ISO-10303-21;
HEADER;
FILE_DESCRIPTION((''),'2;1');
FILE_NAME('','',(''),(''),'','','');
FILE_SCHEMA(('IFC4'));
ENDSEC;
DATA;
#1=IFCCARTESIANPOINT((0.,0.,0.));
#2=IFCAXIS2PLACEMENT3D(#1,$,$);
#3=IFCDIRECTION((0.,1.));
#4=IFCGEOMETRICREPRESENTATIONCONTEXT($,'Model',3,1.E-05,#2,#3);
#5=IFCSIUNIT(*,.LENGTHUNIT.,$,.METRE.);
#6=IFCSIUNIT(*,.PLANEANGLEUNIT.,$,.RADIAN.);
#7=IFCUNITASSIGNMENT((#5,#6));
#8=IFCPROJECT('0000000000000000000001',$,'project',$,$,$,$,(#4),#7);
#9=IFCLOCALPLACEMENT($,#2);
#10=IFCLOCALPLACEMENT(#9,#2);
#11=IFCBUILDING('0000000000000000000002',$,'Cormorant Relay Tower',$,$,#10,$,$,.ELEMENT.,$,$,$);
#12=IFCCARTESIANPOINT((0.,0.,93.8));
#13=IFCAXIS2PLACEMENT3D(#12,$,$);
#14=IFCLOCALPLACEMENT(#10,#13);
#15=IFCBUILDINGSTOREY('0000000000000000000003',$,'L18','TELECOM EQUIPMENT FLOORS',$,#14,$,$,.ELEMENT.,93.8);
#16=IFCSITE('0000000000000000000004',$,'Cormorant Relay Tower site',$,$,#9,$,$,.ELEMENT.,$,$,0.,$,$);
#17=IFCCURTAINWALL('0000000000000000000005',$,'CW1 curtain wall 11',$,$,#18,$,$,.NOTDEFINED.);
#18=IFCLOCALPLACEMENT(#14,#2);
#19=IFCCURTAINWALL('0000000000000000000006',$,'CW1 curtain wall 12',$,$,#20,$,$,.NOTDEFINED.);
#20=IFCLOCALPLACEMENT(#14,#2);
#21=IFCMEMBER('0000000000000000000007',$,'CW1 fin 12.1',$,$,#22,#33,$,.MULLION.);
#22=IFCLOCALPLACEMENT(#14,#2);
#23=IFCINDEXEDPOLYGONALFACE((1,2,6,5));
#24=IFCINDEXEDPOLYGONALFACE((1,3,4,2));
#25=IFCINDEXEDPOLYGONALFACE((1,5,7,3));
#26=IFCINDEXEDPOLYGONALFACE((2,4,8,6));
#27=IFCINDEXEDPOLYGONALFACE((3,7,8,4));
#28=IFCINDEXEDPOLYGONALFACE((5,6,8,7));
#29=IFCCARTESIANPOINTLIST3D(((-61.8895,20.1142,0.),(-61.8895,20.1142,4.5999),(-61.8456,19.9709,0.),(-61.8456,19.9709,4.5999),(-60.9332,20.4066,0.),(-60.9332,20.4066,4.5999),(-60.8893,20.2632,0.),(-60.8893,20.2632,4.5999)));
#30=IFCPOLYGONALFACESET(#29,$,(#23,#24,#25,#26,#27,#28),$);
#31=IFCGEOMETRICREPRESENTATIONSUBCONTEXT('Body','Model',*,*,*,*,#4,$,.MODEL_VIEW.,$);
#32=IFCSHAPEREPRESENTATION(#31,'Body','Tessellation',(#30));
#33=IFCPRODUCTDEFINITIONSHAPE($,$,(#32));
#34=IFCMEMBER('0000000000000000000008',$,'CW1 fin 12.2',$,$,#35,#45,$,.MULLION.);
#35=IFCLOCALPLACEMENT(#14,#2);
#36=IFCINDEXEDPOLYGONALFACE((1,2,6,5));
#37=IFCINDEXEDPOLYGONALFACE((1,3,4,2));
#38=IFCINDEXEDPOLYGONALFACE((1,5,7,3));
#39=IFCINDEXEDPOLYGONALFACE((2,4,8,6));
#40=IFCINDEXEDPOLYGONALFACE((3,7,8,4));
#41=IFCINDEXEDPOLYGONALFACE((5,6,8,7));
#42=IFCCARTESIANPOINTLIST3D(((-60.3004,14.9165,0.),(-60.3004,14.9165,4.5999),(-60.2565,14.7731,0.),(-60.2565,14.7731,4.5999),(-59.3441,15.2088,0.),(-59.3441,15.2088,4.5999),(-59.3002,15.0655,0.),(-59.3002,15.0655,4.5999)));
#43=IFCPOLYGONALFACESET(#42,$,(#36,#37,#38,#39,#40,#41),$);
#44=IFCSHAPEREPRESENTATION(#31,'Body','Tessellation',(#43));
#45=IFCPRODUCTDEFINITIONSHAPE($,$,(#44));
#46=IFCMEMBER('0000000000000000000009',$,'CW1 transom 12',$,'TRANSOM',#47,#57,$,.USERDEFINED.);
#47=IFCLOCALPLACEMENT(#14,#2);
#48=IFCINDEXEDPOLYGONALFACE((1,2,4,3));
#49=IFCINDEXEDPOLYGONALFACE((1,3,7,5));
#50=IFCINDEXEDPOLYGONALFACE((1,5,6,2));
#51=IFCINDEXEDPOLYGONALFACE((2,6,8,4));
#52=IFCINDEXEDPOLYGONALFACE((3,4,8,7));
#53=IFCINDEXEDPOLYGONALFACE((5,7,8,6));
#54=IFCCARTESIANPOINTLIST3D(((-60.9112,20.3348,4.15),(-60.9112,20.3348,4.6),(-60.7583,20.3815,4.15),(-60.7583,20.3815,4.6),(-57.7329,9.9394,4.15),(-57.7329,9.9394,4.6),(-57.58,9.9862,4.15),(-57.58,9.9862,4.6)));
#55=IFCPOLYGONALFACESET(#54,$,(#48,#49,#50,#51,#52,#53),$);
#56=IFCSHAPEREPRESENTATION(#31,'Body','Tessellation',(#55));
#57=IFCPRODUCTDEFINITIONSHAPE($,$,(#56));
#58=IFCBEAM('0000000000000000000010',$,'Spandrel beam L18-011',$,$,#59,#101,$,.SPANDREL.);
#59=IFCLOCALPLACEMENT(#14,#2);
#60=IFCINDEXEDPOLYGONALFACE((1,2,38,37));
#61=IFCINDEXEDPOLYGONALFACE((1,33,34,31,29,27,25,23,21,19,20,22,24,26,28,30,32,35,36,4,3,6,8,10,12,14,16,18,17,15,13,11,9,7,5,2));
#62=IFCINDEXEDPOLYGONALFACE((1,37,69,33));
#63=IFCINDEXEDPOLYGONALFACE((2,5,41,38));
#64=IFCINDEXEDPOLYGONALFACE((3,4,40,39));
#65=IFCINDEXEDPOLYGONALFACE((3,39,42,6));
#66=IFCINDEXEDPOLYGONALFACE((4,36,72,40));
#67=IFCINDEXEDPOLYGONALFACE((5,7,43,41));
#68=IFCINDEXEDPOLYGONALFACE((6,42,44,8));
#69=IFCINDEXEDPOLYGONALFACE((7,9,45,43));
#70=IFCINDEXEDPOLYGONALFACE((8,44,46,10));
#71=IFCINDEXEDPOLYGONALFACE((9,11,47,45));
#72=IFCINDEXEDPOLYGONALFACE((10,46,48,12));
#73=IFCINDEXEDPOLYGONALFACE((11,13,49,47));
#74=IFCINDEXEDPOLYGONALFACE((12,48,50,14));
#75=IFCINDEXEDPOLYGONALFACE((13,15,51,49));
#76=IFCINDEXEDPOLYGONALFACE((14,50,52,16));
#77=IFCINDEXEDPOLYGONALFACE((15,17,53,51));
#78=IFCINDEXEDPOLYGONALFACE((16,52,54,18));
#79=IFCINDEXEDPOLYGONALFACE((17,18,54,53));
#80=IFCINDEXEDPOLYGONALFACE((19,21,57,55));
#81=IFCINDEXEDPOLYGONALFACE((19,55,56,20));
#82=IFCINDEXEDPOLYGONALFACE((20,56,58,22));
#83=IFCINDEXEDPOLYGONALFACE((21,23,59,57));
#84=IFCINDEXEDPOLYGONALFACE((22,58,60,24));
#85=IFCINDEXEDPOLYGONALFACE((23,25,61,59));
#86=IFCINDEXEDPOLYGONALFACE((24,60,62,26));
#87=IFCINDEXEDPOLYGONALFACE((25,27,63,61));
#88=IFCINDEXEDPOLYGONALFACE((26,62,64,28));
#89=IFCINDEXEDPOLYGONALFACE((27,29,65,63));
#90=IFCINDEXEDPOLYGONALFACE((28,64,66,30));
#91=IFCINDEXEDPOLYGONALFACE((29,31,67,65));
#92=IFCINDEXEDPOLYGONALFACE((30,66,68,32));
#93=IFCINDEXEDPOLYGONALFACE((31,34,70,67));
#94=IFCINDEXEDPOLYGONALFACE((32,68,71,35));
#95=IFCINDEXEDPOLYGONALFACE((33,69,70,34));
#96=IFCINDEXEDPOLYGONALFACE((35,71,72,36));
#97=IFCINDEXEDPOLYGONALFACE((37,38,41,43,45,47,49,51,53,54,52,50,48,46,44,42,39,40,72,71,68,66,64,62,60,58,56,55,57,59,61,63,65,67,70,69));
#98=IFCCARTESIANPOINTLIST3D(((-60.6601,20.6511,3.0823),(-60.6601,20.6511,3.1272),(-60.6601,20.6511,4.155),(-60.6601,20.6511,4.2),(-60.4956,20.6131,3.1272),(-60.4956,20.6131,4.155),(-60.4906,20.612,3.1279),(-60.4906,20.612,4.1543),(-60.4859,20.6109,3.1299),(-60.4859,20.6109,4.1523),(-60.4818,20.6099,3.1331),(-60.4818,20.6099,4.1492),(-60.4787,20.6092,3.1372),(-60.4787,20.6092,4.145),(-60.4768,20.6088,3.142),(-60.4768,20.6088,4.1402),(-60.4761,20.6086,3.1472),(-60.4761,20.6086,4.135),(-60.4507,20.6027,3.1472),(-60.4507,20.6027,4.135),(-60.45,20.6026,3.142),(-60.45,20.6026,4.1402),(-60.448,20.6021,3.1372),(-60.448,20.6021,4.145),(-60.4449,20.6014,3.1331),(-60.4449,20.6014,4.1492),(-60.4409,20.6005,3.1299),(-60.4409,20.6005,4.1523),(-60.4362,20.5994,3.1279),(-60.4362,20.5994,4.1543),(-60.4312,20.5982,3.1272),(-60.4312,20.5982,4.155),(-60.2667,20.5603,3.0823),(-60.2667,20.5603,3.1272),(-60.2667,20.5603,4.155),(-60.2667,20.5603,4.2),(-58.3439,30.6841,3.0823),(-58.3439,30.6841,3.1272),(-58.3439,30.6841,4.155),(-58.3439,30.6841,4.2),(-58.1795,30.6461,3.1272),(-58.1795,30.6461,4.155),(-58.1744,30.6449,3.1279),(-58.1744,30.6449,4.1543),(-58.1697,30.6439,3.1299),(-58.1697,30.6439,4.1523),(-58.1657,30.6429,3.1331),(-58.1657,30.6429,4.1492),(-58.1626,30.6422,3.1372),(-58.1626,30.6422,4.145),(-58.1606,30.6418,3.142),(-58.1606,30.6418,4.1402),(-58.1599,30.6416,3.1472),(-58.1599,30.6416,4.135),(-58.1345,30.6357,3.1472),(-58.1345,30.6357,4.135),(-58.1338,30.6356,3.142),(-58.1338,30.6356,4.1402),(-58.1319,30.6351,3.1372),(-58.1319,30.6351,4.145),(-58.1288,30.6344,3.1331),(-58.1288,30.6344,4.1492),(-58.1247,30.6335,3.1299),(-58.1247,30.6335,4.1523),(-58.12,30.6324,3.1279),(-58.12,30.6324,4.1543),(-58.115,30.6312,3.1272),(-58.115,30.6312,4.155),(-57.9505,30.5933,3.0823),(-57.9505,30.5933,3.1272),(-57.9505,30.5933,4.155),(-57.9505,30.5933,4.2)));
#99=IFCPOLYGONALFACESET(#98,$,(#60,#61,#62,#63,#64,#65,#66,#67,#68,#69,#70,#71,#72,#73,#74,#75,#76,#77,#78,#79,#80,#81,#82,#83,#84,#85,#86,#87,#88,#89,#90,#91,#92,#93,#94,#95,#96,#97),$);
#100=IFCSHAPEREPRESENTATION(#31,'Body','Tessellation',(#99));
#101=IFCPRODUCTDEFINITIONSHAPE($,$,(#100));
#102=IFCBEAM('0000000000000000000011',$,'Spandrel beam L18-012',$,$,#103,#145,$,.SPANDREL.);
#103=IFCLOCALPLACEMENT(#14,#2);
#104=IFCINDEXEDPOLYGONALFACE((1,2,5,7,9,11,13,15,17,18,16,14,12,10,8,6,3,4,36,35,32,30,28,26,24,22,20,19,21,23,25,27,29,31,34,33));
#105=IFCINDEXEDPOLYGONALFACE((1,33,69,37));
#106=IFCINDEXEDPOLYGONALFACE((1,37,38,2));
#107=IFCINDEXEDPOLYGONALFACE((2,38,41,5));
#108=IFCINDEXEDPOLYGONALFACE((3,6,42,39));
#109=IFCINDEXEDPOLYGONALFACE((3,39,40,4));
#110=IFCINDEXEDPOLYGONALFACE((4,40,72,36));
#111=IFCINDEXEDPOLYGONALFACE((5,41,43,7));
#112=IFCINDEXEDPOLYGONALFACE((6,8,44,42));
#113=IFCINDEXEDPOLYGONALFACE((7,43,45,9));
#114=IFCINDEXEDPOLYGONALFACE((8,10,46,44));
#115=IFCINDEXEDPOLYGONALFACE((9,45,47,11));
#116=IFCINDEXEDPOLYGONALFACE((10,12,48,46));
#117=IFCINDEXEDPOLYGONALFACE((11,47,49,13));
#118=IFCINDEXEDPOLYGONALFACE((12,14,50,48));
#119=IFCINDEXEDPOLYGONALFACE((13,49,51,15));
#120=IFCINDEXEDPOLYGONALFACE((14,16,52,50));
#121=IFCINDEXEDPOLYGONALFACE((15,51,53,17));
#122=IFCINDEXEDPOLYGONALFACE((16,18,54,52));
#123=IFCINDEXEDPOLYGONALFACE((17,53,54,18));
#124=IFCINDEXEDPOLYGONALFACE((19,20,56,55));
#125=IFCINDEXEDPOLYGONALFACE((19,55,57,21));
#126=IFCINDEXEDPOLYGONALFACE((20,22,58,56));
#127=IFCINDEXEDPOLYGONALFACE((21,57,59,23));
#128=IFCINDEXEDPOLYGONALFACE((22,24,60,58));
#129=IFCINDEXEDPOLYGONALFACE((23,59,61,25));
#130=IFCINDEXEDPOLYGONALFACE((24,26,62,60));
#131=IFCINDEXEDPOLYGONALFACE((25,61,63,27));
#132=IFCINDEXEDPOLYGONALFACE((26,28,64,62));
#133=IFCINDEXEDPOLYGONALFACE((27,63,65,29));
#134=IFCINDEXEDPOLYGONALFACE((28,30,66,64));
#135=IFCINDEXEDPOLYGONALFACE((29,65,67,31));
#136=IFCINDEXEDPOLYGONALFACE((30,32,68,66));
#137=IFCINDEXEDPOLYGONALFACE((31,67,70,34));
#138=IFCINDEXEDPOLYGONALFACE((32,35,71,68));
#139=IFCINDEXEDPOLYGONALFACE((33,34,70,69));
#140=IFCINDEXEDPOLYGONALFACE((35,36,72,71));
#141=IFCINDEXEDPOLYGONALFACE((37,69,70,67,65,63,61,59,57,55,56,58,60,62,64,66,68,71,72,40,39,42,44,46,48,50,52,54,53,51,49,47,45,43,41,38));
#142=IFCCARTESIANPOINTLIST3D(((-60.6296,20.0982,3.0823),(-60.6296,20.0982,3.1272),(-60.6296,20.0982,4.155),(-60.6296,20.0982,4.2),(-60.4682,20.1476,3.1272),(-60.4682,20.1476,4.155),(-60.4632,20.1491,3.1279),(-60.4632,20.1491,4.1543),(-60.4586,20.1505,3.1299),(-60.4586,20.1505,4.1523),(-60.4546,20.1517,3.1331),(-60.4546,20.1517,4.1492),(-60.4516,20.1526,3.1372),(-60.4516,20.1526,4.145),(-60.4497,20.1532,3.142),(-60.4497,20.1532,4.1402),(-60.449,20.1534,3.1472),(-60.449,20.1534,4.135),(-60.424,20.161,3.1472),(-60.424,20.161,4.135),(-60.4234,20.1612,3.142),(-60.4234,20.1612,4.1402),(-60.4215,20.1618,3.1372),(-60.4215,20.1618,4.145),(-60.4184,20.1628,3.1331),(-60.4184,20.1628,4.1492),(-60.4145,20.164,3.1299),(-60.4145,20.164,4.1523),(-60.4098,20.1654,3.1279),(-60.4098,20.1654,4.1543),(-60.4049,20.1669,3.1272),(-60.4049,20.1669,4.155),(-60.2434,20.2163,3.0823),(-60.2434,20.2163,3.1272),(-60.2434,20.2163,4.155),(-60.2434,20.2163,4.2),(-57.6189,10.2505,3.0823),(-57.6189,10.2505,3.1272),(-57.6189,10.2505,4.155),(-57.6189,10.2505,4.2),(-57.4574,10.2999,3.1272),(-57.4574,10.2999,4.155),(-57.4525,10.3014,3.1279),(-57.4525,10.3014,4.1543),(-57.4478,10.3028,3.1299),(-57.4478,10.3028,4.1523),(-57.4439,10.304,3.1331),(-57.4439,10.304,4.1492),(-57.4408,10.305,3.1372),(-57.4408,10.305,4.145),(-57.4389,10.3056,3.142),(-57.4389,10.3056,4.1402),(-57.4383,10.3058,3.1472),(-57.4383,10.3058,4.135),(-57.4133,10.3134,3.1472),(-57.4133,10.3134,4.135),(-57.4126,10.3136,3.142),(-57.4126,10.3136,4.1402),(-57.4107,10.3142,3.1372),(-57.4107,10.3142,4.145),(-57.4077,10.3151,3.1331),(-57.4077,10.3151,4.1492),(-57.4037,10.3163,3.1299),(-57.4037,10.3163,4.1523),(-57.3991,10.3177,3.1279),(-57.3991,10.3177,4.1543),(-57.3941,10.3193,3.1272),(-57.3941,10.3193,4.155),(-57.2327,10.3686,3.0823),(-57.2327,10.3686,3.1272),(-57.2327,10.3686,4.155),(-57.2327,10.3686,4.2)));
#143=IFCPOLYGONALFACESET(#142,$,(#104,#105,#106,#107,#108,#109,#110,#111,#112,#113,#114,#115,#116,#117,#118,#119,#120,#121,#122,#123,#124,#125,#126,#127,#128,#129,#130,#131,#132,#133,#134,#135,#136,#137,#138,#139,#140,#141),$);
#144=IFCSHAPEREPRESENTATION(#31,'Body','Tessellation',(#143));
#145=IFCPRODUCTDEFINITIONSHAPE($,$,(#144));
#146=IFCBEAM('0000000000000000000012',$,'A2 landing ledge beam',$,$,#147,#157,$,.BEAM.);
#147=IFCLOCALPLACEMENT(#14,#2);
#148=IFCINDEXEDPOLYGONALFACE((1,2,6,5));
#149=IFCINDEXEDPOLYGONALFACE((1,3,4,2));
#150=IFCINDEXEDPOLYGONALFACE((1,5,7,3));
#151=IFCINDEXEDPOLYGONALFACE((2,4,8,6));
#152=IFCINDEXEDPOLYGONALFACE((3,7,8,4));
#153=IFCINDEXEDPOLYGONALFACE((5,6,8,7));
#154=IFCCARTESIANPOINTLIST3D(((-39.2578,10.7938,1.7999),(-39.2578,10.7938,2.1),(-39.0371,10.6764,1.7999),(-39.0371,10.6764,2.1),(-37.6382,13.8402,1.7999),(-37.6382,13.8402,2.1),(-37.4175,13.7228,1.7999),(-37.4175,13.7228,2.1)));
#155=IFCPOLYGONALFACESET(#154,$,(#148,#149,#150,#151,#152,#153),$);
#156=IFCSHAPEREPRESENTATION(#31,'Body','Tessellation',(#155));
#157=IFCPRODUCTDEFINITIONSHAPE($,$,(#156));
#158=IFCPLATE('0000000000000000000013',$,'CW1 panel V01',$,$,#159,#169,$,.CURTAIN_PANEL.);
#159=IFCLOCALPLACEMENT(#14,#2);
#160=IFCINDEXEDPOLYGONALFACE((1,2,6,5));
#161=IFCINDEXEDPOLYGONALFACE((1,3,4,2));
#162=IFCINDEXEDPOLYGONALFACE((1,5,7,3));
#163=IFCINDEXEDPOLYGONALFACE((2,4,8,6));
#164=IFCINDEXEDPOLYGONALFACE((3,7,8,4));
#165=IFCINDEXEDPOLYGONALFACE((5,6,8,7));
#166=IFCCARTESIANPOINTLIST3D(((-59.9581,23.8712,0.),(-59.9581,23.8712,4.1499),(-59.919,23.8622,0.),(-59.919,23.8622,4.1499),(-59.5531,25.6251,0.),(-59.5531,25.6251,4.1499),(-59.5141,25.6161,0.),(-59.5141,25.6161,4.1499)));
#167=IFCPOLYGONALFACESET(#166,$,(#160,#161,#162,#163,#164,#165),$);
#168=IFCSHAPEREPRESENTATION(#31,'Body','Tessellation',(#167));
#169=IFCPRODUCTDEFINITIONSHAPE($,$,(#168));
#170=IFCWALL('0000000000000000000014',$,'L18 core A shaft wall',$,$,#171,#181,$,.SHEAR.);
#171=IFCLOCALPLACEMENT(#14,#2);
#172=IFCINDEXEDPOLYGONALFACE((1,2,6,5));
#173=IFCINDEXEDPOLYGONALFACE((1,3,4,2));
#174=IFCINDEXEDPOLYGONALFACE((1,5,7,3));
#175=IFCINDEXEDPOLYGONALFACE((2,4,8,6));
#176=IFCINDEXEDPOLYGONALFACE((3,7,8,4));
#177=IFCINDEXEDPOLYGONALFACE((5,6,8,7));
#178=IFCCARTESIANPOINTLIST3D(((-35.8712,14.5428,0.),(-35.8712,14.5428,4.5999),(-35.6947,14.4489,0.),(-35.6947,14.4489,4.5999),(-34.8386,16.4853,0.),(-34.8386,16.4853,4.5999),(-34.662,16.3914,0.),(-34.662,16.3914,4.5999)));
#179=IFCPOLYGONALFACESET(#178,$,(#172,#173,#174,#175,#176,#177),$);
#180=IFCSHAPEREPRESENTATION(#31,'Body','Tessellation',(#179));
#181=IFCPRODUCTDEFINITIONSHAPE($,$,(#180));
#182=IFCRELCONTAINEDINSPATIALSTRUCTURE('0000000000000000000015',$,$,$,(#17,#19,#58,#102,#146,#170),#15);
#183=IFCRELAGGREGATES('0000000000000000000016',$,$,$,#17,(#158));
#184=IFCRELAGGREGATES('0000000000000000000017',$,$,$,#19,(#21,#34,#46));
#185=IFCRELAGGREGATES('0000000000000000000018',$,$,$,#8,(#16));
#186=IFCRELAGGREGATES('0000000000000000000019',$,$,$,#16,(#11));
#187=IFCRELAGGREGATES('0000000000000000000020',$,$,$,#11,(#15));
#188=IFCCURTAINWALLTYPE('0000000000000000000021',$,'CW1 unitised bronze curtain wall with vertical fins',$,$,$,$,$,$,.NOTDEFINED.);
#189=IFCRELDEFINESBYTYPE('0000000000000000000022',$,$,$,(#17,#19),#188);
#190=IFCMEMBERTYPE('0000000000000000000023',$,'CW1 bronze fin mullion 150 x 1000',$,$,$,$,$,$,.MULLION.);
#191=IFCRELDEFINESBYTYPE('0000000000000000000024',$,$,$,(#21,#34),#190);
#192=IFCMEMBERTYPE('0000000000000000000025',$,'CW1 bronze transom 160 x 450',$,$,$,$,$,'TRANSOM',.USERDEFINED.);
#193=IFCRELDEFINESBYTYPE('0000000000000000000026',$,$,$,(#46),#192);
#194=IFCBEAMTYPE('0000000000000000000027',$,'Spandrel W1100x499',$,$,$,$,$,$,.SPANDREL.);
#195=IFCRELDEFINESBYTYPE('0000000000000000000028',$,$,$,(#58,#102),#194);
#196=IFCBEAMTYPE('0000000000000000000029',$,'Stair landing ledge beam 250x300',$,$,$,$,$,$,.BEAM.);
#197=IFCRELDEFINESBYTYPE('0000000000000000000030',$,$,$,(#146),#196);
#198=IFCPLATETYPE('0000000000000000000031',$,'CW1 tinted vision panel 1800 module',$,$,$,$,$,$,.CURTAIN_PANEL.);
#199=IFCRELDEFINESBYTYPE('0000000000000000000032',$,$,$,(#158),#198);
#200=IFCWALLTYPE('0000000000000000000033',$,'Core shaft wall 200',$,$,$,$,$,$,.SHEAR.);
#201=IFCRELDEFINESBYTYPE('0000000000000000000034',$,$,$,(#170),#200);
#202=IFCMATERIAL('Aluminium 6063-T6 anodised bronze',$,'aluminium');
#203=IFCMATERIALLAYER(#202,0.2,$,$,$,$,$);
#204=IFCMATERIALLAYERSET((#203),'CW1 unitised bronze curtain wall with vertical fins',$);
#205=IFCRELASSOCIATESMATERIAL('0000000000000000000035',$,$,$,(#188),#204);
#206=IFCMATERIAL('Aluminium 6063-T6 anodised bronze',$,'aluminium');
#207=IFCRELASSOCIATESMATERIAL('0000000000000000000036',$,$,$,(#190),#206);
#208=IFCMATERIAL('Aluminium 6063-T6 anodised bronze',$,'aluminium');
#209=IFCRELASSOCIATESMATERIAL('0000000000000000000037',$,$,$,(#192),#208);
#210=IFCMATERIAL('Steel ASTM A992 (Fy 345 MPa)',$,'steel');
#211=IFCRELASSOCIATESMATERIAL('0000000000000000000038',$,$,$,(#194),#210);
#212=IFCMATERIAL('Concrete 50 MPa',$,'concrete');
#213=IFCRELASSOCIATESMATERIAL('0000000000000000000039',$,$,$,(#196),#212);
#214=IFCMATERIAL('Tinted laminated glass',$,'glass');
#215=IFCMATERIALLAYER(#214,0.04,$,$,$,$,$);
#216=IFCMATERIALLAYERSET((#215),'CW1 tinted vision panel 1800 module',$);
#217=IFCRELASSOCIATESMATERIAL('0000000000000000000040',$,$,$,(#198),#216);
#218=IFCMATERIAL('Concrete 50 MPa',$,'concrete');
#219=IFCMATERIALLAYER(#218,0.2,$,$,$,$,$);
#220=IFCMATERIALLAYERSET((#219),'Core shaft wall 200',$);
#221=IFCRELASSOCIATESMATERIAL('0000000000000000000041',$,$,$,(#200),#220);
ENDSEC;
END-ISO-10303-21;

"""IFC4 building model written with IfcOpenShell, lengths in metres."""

from ifc_helpers import new_model, si_unit, direction, frame, frame_2d, origin, origin_2d, place, context, subcontext, project, spatial, rectangle, i_section, extrude, material, layer, layer_set, material_profile, profile_set, type_object, element, aggregate, save


model = new_model("IFC4")

# Units and contexts
model_context = context("Model", 3, precision=1e-05, world=origin(), true_north=direction((0.0, 1.0)))
body_context = subcontext(model_context, "Body", "Model", "MODEL_VIEW")
ifc_project = project(units=[si_unit("LENGTHUNIT", "METRE"), si_unit("PLANEANGLEUNIT", "RADIAN")], contexts=[model_context])

# Site, building, storey
site_placement = place(None, origin())
site = spatial("IfcSite", under=ifc_project, at=site_placement, Name="Cormorant Relay Tower site", CompositionType="ELEMENT", RefElevation=0.0)
building_placement = place(site_placement, origin())
building = spatial("IfcBuilding", under=site, at=building_placement, Name="Cormorant Relay Tower", CompositionType="ELEMENT")
storey_placement = place(building_placement, frame((0.0, 0.0, 93.8)))
storey = spatial("IfcBuildingStorey", under=building, at=storey_placement, Name="L18", Description="TELECOM EQUIPMENT FLOORS", CompositionType="ELEMENT", Elevation=93.8)

# Curtain wall
ifc_material_1 = material(Name="Aluminium 6063-T6 anodised bronze", Category="aluminium")
ifc_layer_1 = layer(ifc_material_1, 0.2)
ifc_layer_set_1 = layer_set([ifc_layer_1], Name="CW1 unitised bronze curtain wall with vertical fins")
curtain_wall_type = type_object("IfcCurtainWallType", Name="CW1 unitised bronze curtain wall with vertical fins", PredefinedType="NOTDEFINED", material=ifc_layer_set_1)
curtain_wall_1_placement = place(storey_placement, origin())
curtain_wall_1 = element("IfcCurtainWall", 1, at=curtain_wall_1_placement, inside=storey, type_object=curtain_wall_type, Name="CW1 curtain wall 11", PredefinedType="NOTDEFINED")
ifc_material_2 = material(Name="Aluminium 6063-T6 anodised bronze", Category="aluminium")
ifc_material_profile_1 = material_profile(ifc_material_2, rectangle(XDim=0.1499, YDim=1.0, at=origin_2d()), Name="AL 150x1000")
ifc_profile_set_1 = profile_set([ifc_material_profile_1], Name="Aluminium 6063-T6 anodised bronze")
member_type_1 = type_object("IfcMemberType", Name="CW1 bronze fin mullion 150 x 1000", PredefinedType="MULLION", material=ifc_profile_set_1)

# Curtain wall, members
curtain_wall_2_placement = place(storey_placement, origin())
curtain_wall_2 = element("IfcCurtainWall", 2, at=curtain_wall_2_placement, inside=storey, type_object=curtain_wall_type, Name="CW1 curtain wall 12", PredefinedType="NOTDEFINED")
member_1_placement = place(storey_placement, frame((-61.3894, 20.1887, 0.0), z_axis=(0.0, 0.0, 1.0), x_axis=(0.292372, -0.956305, 0.0)))
member_1 = element("IfcMember", 3, at=member_1_placement, type_object=member_type_1, Name="CW1 fin 12.1", PredefinedType="MULLION", context=body_context, shape_type="SweptSolid", body=[
    extrude(rectangle(XDim=0.1499, YDim=1.0, at=origin_2d()), origin(), (0.0, 0.0, 1.0), 4.5999),
])
member_2_placement = place(storey_placement, frame((-59.8003, 14.991, 0.0), z_axis=(0.0, 0.0, 1.0), x_axis=(0.292372, -0.956305, 0.0)))
member_2 = element("IfcMember", 4, at=member_2_placement, type_object=member_type_1, Name="CW1 fin 12.2", PredefinedType="MULLION", context=body_context, shape_type="SweptSolid", body=[
    extrude(rectangle(XDim=0.1499, YDim=1.0, at=origin_2d()), origin(), (0.0, 0.0, 1.0), 4.5999),
])
ifc_material_3 = material(Name="Aluminium 6063-T6 anodised bronze", Category="aluminium")
ifc_material_profile_2 = material_profile(ifc_material_3, rectangle(XDim=0.1599, YDim=0.45, at=origin_2d()), Name="AL 160x450")
ifc_profile_set_2 = profile_set([ifc_material_profile_2], Name="Aluminium 6063-T6 anodised bronze")
member_type_2 = type_object("IfcMemberType", Name="CW1 bronze transom 160 x 450", ElementType="TRANSOM", PredefinedType="USERDEFINED", material=ifc_profile_set_2)
member_3_placement = place(storey_placement, frame((-60.8347, 20.3582, 4.375), z_axis=(0.292378, -0.956303, 0.0), x_axis=(0.956303, 0.292378, 0.0)))
member_3 = element("IfcMember", 5, at=member_3_placement, type_object=member_type_2, Name="CW1 transom 12", ObjectType="TRANSOM", PredefinedType="USERDEFINED", context=body_context, shape_type="SweptSolid", body=[
    extrude(rectangle(XDim=0.1599, YDim=0.45, at=origin_2d()), origin(), (0.0, 0.0, 1.0), 10.8704),
])

# Beams
ifc_material_4 = material(Name="Steel ASTM A992 (Fy 345 MPa)", Category="steel")
ifc_material_profile_3 = material_profile(ifc_material_4, i_section(OverallWidth=0.4038, OverallDepth=1.1177, WebThickness=0.0261, FlangeThickness=0.0449, FilletRadius=0.02, at=origin_2d()), Name="W1100x499")
ifc_profile_set_3 = profile_set([ifc_material_profile_3], Name="Steel ASTM A992 (Fy 345 MPa)")
beam_type_1 = type_object("IfcBeamType", Name="Spandrel W1100x499", PredefinedType="SPANDREL", material=ifc_profile_set_3)
beam_1_placement = place(storey_placement, frame((-58.1472, 30.6387, 3.6411), z_axis=(-0.224939, -0.974373, 0.0), x_axis=(0.974373, -0.224939, 0.0)))
element("IfcBeam", 6, at=beam_1_placement, inside=storey, type_object=beam_type_1, Name="Spandrel beam L18-011", PredefinedType="SPANDREL", context=body_context, shape_type="SweptSolid", body=[
    extrude(i_section(OverallWidth=0.4038, OverallDepth=1.1177, WebThickness=0.0261, FlangeThickness=0.0449, FilletRadius=0.02, at=origin_2d()), origin(), (0.0, 0.0, 1.0), 10.2969),
])
beam_2_placement = place(storey_placement, frame((-60.4365, 20.1572, 3.6411), z_axis=(0.292373, -0.956304, 0.0), x_axis=(0.956304, 0.292373, 0.0)))
element("IfcBeam", 7, at=beam_2_placement, inside=storey, type_object=beam_type_1, Name="Spandrel beam L18-012", PredefinedType="SPANDREL", context=body_context, shape_type="SweptSolid", body=[
    extrude(i_section(OverallWidth=0.4038, OverallDepth=1.1177, WebThickness=0.0261, FlangeThickness=0.0449, FilletRadius=0.02, at=origin_2d()), origin(), (0.0, 0.0, 1.0), 10.2976),
])
ifc_material_5 = material(Name="Concrete 50 MPa", Category="concrete")
ifc_material_profile_4 = material_profile(ifc_material_5, rectangle(XDim=0.25, YDim=0.3, at=origin_2d()), Name="RC 250x300")
ifc_profile_set_4 = profile_set([ifc_material_profile_4], Name="Concrete 50 MPa")
beam_type_2 = type_object("IfcBeamType", Name="Stair landing ledge beam 250x300", PredefinedType="BEAM", material=ifc_profile_set_4)
beam_3_placement = place(storey_placement, frame((-37.5278, 13.7815, 1.95), z_axis=(-0.469435, -0.882967, 0.0), x_axis=(0.882967, -0.469435, 0.0)))
element("IfcBeam", 8, at=beam_3_placement, inside=storey, type_object=beam_type_2, Name="A2 landing ledge beam", PredefinedType="BEAM", context=body_context, shape_type="SweptSolid", body=[
    extrude(rectangle(XDim=0.25, YDim=0.3, at=origin_2d()), origin(), (0.0, 0.0, 1.0), 3.4502),
])

# Plate
ifc_material_6 = material(Name="Tinted laminated glass", Category="glass")
ifc_layer_2 = layer(ifc_material_6, 0.04)
ifc_layer_set_2 = layer_set([ifc_layer_2], Name="CW1 tinted vision panel 1800 module")
plate_type = type_object("IfcPlateType", Name="CW1 tinted vision panel 1800 module", PredefinedType="CURTAIN_PANEL", material=ifc_layer_set_2)
plate_placement = place(storey_placement, frame((-59.7361, 24.7437, 0.0), z_axis=(0.0, 0.0, 1.0), x_axis=(-0.224951, -0.97437, 0.0)))
plate = element("IfcPlate", 9, at=plate_placement, type_object=plate_type, Name="CW1 panel V01", PredefinedType="CURTAIN_PANEL", context=body_context, shape_type="SweptSolid", body=[
    extrude(rectangle(XDim=1.8, YDim=0.04, at=origin_2d()), origin(), (0.0, 0.0, 1.0), 4.1499),
])

# Wall
ifc_material_7 = material(Name="Concrete 50 MPa", Category="concrete")
ifc_layer_3 = layer(ifc_material_7, 0.2)
ifc_layer_set_3 = layer_set([ifc_layer_3], Name="Core shaft wall 200")
wall_type_1 = type_object("IfcWallType", Name="Core shaft wall 200", PredefinedType="SHEAR", material=ifc_layer_set_3)
wall_1_placement = place(storey_placement, frame((-34.7502, 16.4385, 0.0), z_axis=(0.0, 0.0, 1.0), x_axis=(-0.469401, -0.882985, 0.0)))
element("IfcWall", 10, at=wall_1_placement, inside=storey, type_object=wall_type_1, Name="L18 core A shaft wall", PredefinedType="SHEAR", context=body_context, shape_type="SweptSolid", body=[
    extrude(rectangle(XDim=2.2, YDim=0.2, at=frame_2d((1.1001, 0.0))), origin(), (0.0, 0.0, 1.0), 4.5999),
])

aggregate(curtain_wall_1, [plate])
aggregate(curtain_wall_2, [member_1, member_2, member_3])

save(model, "model.ifc")
